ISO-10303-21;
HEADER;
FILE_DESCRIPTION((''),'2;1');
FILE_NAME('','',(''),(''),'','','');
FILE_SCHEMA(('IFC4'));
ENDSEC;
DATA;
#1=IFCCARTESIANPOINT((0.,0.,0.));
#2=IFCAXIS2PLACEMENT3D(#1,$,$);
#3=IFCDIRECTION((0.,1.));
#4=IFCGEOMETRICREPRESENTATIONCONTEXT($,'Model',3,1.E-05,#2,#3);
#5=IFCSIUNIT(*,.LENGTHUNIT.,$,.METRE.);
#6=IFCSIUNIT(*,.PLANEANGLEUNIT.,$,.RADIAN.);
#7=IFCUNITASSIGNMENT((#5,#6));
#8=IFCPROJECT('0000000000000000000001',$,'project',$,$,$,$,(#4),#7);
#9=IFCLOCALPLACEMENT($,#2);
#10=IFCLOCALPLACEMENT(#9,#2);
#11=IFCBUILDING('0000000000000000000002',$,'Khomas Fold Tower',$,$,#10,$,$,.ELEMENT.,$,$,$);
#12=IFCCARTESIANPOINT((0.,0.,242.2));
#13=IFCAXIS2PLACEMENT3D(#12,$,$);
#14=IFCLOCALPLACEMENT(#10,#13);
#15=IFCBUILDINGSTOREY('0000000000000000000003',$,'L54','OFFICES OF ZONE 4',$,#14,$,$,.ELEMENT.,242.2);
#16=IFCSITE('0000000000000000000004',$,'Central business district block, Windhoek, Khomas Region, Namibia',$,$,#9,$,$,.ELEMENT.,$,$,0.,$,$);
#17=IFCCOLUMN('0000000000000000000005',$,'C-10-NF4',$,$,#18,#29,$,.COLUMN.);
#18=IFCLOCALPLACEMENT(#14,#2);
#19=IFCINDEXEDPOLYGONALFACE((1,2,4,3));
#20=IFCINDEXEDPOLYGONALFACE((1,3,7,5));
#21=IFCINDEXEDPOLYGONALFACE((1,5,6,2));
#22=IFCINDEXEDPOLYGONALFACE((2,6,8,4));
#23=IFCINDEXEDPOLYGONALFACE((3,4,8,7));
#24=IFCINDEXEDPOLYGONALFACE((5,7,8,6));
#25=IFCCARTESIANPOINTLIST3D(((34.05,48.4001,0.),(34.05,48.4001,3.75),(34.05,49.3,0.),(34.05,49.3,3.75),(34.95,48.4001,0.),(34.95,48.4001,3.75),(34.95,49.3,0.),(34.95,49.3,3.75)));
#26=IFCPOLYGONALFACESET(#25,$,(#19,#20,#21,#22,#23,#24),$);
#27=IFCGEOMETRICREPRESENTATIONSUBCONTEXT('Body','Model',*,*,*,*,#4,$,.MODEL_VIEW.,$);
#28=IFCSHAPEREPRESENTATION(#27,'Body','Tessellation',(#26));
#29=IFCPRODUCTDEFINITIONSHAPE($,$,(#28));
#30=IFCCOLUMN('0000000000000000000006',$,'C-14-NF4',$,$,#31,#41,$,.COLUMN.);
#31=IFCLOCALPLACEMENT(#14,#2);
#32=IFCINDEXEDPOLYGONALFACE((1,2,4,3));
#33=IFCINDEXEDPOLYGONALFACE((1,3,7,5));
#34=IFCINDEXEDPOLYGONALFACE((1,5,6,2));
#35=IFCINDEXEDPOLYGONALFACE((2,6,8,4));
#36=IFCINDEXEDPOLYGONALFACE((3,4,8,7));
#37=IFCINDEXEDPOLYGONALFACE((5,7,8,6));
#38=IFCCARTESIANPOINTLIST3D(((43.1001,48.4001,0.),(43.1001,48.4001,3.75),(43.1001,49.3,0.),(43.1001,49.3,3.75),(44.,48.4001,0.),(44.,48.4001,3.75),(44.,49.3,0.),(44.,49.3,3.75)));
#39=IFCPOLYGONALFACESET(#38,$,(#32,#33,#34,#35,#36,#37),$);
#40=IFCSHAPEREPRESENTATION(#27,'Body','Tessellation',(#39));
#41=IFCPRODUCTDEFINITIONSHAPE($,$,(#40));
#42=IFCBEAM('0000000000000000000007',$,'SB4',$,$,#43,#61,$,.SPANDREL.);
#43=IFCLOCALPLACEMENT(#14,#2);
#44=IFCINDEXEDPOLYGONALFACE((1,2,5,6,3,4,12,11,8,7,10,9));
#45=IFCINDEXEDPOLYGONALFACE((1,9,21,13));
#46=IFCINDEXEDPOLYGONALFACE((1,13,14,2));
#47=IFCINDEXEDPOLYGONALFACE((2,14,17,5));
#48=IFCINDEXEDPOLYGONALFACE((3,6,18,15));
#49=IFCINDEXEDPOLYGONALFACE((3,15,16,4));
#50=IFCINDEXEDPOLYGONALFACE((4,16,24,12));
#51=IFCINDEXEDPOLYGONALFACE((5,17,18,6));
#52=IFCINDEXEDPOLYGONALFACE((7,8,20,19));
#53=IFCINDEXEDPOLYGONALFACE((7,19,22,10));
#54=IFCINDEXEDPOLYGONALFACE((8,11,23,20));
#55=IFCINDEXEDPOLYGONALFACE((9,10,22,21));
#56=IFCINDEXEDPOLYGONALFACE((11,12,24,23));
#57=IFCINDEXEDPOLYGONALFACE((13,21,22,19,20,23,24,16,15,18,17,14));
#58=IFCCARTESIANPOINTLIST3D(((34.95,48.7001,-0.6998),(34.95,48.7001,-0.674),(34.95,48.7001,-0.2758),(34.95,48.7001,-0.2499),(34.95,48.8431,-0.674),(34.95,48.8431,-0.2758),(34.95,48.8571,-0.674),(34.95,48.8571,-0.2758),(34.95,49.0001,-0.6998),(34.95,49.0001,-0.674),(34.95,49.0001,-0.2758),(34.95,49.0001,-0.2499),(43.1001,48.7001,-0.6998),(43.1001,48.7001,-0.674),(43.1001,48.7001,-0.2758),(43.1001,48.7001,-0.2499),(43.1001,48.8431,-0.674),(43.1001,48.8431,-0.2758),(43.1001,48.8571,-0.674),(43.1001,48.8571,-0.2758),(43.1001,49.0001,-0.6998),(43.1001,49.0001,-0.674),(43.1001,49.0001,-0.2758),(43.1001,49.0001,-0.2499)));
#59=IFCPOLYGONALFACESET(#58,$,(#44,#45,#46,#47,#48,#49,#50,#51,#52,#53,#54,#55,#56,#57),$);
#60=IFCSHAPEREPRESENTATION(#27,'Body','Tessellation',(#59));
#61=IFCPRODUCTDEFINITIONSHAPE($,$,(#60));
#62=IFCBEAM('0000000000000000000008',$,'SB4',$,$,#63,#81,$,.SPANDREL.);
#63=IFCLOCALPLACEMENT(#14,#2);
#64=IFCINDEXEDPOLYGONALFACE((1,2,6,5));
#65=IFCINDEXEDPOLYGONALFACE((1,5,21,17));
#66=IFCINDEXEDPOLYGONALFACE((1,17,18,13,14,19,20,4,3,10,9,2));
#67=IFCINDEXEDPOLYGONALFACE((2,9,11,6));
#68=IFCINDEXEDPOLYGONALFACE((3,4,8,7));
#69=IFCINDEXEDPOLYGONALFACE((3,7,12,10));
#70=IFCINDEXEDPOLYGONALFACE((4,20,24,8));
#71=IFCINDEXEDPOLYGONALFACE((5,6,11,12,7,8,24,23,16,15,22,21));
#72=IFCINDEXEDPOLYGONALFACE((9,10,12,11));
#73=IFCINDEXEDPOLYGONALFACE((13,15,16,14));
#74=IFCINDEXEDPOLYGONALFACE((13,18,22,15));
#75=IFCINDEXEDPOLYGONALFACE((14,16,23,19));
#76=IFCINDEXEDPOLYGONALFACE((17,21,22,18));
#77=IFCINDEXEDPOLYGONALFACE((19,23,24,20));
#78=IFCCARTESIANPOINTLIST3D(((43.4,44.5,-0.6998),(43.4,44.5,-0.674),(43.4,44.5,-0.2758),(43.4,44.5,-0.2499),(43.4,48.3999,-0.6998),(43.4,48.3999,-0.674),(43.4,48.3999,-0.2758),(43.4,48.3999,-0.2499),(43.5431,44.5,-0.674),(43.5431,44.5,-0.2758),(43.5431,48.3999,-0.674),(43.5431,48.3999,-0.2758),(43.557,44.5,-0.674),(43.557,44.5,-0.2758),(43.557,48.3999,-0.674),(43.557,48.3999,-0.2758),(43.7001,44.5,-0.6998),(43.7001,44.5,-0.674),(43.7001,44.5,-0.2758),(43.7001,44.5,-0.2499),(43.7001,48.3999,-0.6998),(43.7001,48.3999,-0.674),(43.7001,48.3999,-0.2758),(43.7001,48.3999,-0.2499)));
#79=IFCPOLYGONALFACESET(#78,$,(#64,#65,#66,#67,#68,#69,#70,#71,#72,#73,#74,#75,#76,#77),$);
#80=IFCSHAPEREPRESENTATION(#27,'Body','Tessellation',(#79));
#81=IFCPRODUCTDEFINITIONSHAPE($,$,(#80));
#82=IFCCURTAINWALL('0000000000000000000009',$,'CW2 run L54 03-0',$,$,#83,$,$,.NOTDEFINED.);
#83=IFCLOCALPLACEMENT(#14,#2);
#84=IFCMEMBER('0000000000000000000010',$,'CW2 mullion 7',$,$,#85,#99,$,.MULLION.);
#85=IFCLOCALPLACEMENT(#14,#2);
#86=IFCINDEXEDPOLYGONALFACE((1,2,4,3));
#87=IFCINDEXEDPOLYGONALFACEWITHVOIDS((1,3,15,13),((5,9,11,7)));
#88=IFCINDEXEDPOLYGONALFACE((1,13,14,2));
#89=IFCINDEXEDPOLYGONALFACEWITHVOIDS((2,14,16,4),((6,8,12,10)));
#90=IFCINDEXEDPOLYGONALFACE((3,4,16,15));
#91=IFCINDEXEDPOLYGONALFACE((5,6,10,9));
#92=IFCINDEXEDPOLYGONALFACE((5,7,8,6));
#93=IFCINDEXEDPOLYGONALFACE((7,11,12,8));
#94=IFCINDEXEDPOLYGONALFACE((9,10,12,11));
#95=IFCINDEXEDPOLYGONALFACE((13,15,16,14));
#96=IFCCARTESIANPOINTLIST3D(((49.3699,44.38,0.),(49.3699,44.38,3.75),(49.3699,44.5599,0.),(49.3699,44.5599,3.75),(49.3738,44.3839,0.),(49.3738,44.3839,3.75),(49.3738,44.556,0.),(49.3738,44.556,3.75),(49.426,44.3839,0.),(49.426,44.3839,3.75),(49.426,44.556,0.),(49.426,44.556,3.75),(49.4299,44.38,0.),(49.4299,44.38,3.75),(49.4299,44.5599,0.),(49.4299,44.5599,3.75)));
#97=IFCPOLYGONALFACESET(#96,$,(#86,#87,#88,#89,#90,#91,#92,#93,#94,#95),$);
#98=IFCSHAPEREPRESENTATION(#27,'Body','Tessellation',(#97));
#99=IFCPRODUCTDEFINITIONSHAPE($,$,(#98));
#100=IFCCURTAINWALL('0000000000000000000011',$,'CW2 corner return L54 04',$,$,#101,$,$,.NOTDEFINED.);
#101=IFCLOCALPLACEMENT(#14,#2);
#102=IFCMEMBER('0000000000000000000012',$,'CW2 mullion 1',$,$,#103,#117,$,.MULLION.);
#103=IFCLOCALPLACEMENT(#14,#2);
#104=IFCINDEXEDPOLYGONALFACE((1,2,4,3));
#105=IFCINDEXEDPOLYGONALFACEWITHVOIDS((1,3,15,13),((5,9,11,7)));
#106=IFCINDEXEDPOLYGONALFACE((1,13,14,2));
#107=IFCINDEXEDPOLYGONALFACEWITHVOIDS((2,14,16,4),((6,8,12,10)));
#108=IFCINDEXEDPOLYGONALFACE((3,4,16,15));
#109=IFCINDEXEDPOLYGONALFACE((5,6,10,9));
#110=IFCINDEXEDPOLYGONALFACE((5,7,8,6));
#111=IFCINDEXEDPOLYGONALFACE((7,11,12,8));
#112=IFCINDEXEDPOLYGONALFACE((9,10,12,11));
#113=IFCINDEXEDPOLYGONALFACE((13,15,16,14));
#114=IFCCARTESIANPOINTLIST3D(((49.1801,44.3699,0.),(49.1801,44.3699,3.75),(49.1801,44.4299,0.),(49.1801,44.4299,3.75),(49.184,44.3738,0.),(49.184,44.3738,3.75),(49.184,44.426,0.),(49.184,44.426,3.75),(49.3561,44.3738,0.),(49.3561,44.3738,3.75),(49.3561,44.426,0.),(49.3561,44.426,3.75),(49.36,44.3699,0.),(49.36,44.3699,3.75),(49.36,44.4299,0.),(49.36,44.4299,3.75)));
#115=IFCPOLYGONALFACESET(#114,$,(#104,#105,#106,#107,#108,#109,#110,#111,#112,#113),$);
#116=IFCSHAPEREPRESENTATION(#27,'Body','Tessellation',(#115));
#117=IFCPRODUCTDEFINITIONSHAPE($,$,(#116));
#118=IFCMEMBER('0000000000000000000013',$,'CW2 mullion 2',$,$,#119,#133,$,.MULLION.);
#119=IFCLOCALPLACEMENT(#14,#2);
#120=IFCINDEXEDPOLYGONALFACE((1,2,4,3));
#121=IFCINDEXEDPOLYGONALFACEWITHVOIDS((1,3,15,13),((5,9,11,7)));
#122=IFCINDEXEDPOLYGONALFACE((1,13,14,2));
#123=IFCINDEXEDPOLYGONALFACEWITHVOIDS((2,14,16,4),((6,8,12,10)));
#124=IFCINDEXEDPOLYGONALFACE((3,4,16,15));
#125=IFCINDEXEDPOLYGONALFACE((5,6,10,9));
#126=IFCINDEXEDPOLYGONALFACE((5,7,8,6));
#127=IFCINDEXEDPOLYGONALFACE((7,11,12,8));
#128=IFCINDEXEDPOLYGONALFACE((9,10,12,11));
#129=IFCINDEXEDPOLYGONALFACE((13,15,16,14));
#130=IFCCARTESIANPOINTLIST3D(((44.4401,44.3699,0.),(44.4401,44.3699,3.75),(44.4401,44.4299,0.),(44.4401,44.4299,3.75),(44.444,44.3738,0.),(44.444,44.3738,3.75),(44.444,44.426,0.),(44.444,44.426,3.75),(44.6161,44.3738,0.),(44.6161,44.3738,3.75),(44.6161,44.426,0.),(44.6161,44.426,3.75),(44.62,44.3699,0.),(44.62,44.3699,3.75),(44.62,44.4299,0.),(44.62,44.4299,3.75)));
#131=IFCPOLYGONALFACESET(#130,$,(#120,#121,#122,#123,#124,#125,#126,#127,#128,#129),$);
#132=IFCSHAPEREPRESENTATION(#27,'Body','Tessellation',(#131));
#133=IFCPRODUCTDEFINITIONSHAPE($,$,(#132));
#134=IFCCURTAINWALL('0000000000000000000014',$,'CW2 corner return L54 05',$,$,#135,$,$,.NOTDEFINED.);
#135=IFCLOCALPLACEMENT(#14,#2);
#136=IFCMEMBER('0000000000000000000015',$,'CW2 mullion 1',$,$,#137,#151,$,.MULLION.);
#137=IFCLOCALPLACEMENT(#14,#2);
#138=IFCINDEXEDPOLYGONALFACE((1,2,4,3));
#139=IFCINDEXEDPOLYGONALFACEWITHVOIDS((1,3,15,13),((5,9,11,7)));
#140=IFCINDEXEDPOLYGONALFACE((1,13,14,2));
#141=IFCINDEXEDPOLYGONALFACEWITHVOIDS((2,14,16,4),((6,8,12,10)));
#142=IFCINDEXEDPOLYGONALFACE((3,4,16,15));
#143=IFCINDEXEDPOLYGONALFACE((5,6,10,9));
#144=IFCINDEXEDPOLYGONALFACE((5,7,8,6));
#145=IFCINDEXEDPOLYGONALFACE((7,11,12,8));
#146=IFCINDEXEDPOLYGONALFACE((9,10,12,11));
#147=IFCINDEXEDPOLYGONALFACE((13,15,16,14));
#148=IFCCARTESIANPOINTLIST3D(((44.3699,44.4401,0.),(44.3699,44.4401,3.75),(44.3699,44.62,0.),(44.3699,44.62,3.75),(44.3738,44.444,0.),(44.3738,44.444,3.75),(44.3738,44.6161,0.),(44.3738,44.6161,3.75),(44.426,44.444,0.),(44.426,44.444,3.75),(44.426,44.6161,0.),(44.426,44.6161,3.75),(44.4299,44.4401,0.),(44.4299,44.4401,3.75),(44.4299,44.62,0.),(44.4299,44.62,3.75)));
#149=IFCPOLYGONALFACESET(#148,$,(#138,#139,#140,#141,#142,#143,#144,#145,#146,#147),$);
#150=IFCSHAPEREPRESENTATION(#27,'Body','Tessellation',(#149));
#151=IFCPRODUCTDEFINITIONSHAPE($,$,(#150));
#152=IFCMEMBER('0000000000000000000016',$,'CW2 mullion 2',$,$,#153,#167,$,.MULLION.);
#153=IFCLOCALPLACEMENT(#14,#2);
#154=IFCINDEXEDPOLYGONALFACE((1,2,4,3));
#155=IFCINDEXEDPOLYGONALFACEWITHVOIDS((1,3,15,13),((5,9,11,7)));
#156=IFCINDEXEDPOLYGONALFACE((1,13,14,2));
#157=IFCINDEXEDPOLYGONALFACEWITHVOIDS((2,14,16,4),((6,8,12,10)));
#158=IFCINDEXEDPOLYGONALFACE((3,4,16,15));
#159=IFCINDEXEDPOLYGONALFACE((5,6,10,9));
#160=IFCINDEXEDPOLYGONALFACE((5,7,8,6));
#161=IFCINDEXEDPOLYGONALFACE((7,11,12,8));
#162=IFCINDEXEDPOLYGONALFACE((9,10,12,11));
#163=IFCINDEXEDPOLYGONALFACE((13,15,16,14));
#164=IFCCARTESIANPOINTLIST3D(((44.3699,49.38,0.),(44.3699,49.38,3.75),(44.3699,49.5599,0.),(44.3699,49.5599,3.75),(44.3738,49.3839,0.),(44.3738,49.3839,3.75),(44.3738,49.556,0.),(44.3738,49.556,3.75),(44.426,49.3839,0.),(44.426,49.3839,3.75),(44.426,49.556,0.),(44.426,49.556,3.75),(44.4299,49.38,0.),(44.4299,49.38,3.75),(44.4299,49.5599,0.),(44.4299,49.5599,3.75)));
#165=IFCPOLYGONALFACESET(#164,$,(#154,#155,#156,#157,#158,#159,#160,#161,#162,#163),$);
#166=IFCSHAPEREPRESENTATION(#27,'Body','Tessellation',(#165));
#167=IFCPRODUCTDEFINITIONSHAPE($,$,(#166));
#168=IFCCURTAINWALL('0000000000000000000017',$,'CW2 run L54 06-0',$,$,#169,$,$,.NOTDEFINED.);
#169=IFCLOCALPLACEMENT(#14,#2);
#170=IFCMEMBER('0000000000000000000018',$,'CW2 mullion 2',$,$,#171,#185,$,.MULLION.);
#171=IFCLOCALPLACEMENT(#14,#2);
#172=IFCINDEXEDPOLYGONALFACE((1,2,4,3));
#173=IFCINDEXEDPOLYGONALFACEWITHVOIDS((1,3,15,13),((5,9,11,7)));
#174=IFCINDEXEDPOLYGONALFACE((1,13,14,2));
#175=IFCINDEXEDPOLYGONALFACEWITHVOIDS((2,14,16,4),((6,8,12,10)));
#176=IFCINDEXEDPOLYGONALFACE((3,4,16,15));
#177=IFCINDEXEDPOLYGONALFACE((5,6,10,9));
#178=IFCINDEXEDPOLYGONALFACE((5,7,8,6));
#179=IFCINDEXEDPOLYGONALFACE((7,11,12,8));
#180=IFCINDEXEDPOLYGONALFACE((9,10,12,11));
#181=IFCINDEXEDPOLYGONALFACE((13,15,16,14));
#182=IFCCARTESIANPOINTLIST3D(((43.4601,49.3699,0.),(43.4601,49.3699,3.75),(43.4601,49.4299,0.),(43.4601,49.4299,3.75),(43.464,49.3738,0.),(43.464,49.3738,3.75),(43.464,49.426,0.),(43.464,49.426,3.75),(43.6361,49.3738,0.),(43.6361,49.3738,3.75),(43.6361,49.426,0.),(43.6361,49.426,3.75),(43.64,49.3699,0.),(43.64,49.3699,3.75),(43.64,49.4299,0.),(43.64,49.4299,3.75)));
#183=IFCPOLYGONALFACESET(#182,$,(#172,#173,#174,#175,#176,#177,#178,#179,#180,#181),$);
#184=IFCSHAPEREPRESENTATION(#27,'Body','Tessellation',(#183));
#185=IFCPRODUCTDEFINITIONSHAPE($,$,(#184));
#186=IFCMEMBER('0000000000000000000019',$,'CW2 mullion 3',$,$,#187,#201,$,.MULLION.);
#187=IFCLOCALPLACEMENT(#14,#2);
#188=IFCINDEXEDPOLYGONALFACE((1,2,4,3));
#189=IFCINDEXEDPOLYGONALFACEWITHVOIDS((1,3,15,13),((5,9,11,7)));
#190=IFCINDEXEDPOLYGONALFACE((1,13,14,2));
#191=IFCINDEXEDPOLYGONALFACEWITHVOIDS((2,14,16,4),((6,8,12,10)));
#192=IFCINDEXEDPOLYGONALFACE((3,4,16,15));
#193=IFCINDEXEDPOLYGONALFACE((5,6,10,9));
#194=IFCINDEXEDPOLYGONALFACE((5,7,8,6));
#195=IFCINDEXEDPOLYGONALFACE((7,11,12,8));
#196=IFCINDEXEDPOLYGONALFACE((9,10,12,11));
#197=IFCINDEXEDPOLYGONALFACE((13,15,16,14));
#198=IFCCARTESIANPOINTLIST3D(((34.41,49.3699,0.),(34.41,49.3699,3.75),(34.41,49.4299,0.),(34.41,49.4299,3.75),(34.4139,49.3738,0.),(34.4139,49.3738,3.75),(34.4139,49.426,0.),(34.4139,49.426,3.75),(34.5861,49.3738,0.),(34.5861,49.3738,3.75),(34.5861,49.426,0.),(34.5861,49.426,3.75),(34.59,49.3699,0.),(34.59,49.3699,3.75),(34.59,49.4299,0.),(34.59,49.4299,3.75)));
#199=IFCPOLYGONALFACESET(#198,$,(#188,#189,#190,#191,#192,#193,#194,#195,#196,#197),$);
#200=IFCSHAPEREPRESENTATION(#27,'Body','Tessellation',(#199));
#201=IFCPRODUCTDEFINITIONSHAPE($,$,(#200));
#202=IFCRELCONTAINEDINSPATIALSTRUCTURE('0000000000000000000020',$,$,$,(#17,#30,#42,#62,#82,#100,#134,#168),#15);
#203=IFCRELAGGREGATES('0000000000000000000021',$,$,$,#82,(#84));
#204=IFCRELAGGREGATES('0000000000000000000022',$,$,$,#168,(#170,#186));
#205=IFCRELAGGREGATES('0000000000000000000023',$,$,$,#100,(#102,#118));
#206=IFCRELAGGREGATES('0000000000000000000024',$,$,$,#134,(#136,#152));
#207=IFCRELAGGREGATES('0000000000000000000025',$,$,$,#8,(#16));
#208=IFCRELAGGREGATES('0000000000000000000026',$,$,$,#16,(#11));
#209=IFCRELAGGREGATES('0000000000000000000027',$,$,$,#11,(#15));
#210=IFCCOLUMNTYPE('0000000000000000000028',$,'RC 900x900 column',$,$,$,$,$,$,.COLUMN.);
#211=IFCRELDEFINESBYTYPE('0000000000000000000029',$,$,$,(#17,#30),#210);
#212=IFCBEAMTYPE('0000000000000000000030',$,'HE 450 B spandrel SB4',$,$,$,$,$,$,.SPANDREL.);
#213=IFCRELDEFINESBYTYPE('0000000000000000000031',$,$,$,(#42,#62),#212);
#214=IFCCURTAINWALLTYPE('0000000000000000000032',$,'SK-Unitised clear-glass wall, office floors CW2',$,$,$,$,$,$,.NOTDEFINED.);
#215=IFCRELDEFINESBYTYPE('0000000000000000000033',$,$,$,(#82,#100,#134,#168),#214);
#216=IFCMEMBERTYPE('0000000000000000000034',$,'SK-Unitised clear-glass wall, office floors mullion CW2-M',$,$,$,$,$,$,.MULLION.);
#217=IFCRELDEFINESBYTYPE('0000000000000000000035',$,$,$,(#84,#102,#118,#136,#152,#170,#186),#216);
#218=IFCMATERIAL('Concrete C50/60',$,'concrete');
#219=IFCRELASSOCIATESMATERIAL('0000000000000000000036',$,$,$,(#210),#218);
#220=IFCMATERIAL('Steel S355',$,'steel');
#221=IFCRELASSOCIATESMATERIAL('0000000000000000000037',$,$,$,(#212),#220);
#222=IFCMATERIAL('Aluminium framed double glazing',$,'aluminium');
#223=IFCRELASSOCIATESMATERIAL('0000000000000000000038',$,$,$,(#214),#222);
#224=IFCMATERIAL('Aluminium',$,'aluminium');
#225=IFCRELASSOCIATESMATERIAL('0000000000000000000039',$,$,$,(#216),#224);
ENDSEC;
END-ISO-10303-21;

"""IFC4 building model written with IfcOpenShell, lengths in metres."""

from ifc_helpers import new_model, si_unit, direction, frame, origin, origin_2d, place, context, subcontext, project, spatial, rectangle, hollow_rectangle, i_section, extrude, source, transform, mapped, material, material_profile, profile_set, type_object, element, aggregate, save


model = new_model("IFC4")

# Units and contexts
model_context = context("Model", 3, precision=1e-05, world=origin(), true_north=direction((0.0, 1.0)))
body_context = subcontext(model_context, "Body", "Model", "MODEL_VIEW")
ifc_project = project(units=[si_unit("LENGTHUNIT", "METRE"), si_unit("PLANEANGLEUNIT", "RADIAN")], contexts=[model_context])

# Site, building, storey
site_placement = place(None, origin())
site = spatial("IfcSite", under=ifc_project, at=site_placement, Name="Central business district block, Windhoek, Khomas Region, Namibia", CompositionType="ELEMENT", RefElevation=0.0)
building_placement = place(site_placement, origin())
building = spatial("IfcBuilding", under=site, at=building_placement, Name="Khomas Fold Tower", CompositionType="ELEMENT")
storey_placement = place(building_placement, frame((0.0, 0.0, 242.2)))
storey = spatial("IfcBuildingStorey", under=building, at=storey_placement, Name="L54", Description="OFFICES OF ZONE 4", CompositionType="ELEMENT", Elevation=242.2)

# Columns
ifc_material_1 = material(Name="Concrete C50/60", Category="concrete")
ifc_material_profile_1 = material_profile(ifc_material_1, rectangle(XDim=0.8999, YDim=0.8999, at=origin_2d()), Name="RC 900x900")
ifc_profile_set_1 = profile_set([ifc_material_profile_1], Name="Concrete C50/60")
column_type = type_object("IfcColumnType", Name="RC 900x900 column", PredefinedType="COLUMN", material=ifc_profile_set_1)
shared_shape_1 = source(origin(), body_context, "Body", "SweptSolid", [
    extrude(rectangle(XDim=0.8999, YDim=0.8999, at=origin_2d()), origin(), (0.0, 0.0, 1.0), 3.75),
])
for number, where, z_axis, x_axis, name in (
    (1, (34.5, 48.8501, 0.0), (0.0, 0.0, 1.0), (1.0, 0.0, 0.0), "C-10-NF4"),
    (2, (43.55, 48.8501, 0.0), (0.0, 0.0, 1.0), (1.0, 0.0, 0.0), "C-14-NF4"),
):
    element("IfcColumn", number, at=place(storey_placement, frame(where, z_axis=z_axis, x_axis=x_axis)), inside=storey, type_object=column_type, Name=name, PredefinedType="COLUMN", context=body_context, shape_type="MappedRepresentation", body=[
        mapped(shared_shape_1, transform((0.0, 0.0, 0.0))),
    ])

# Beams
ifc_material_2 = material(Name="Steel S355", Category="steel")
ifc_material_profile_2 = material_profile(ifc_material_2, i_section(OverallWidth=0.3, OverallDepth=0.45, WebThickness=0.0139, FlangeThickness=0.0259, at=origin_2d()), Name="HE 450 B")
ifc_profile_set_2 = profile_set([ifc_material_profile_2], Name="Steel S355")
beam_type = type_object("IfcBeamType", Name="HE 450 B spandrel SB4", PredefinedType="SPANDREL", material=ifc_profile_set_2)
shared_shape_2 = source(origin(), body_context, "Body", "SweptSolid", [
    extrude(i_section(OverallWidth=0.3, OverallDepth=0.45, WebThickness=0.0139, FlangeThickness=0.0259, at=origin_2d()), origin(), (0.0, 0.0, 1.0), 8.1501),
])
beam_1_placement = place(storey_placement, frame((34.95, 48.8501, -0.4749), z_axis=(1.0, 0.0, 0.0), x_axis=(0.0, 1.0, 0.0)))
element("IfcBeam", 3, at=beam_1_placement, inside=storey, type_object=beam_type, Name="SB4", PredefinedType="SPANDREL", context=body_context, shape_type="MappedRepresentation", body=[
    mapped(shared_shape_2, transform((0.0, 0.0, 0.0))),
])
shared_shape_3 = source(origin(), body_context, "Body", "SweptSolid", [
    extrude(i_section(OverallWidth=0.3, OverallDepth=0.45, WebThickness=0.0139, FlangeThickness=0.0259, at=origin_2d()), origin(), (0.0, 0.0, 1.0), 3.8999),
])
beam_2_placement = place(storey_placement, frame((43.55, 44.5, -0.4749), z_axis=(0.0, 1.0, 0.0), x_axis=(-1.0, 0.0, 0.0)))
element("IfcBeam", 4, at=beam_2_placement, inside=storey, type_object=beam_type, Name="SB4", PredefinedType="SPANDREL", context=body_context, shape_type="MappedRepresentation", body=[
    mapped(shared_shape_3, transform((0.0, 0.0, 0.0))),
])

# Curtain wall, member
ifc_material_3 = material(Name="Aluminium framed double glazing", Category="aluminium")
curtain_wall_type = type_object("IfcCurtainWallType", Name="SK-Unitised clear-glass wall, office floors CW2", PredefinedType="NOTDEFINED", material=ifc_material_3)
curtain_wall_1_placement = place(storey_placement, origin())
curtain_wall_1 = element("IfcCurtainWall", 5, at=curtain_wall_1_placement, inside=storey, type_object=curtain_wall_type, Name="CW2 run L54 03-0", PredefinedType="NOTDEFINED")
ifc_material_4 = material(Name="Aluminium", Category="aluminium")
ifc_material_profile_3 = material_profile(ifc_material_4, hollow_rectangle(XDim=0.0601, YDim=0.1799, WallThickness=0.0039, at=origin_2d()), Name="SK-Unitised clear-glass wall, office floors mullion CW2-M")
ifc_profile_set_3 = profile_set([ifc_material_profile_3], Name="Aluminium")
member_type_1 = type_object("IfcMemberType", Name="SK-Unitised clear-glass wall, office floors mullion CW2-M", PredefinedType="MULLION", material=ifc_profile_set_3)
shared_shape_4 = source(origin(), body_context, "Body", "SweptSolid", [
    extrude(hollow_rectangle(XDim=0.0601, YDim=0.1799, WallThickness=0.0039, at=origin_2d()), origin(), (0.0, 0.0, 1.0), 3.75),
])
member_1_placement = place(storey_placement, frame((49.3999, 44.47, 0.0), z_axis=(0.0, 0.0, 1.0), x_axis=(-1.0, 0.0, 0.0)))
member_1 = element("IfcMember", 6, at=member_1_placement, type_object=member_type_1, Name="CW2 mullion 7", PredefinedType="MULLION", context=body_context, shape_type="MappedRepresentation", body=[
    mapped(shared_shape_4, transform((0.0, 0.0, 0.0))),
])

# Curtain walls, members
curtain_wall_2_placement = place(storey_placement, origin())
curtain_wall_2 = element("IfcCurtainWall", 7, at=curtain_wall_2_placement, inside=storey, type_object=curtain_wall_type, Name="CW2 corner return L54 04", PredefinedType="NOTDEFINED")
member_2_placement = place(storey_placement, frame((49.27, 44.3999, 0.0), z_axis=(0.0, 0.0, 1.0), x_axis=(0.0, -1.0, 0.0)))
member_2 = element("IfcMember", 8, at=member_2_placement, type_object=member_type_1, Name="CW2 mullion 1", PredefinedType="MULLION", context=body_context, shape_type="MappedRepresentation", body=[
    mapped(shared_shape_4, transform((0.0, 0.0, 0.0))),
])
member_3_placement = place(storey_placement, frame((44.53, 44.3999, 0.0), z_axis=(0.0, 0.0, 1.0), x_axis=(0.0, -1.0, 0.0)))
member_3 = element("IfcMember", 9, at=member_3_placement, type_object=member_type_1, Name="CW2 mullion 2", PredefinedType="MULLION", context=body_context, shape_type="MappedRepresentation", body=[
    mapped(shared_shape_4, transform((0.0, 0.0, 0.0))),
])
curtain_wall_3_placement = place(storey_placement, origin())
curtain_wall_3 = element("IfcCurtainWall", 10, at=curtain_wall_3_placement, inside=storey, type_object=curtain_wall_type, Name="CW2 corner return L54 05", PredefinedType="NOTDEFINED")
member_4_placement = place(storey_placement, frame((44.3999, 44.53, 0.0), z_axis=(0.0, 0.0, 1.0), x_axis=(-1.0, 0.0, 0.0)))
member_4 = element("IfcMember", 11, at=member_4_placement, type_object=member_type_1, Name="CW2 mullion 1", PredefinedType="MULLION", context=body_context, shape_type="MappedRepresentation", body=[
    mapped(shared_shape_4, transform((0.0, 0.0, 0.0))),
])
member_5_placement = place(storey_placement, frame((44.3999, 49.47, 0.0), z_axis=(0.0, 0.0, 1.0), x_axis=(-1.0, 0.0, 0.0)))
member_5 = element("IfcMember", 12, at=member_5_placement, type_object=member_type_1, Name="CW2 mullion 2", PredefinedType="MULLION", context=body_context, shape_type="MappedRepresentation", body=[
    mapped(shared_shape_4, transform((0.0, 0.0, 0.0))),
])
curtain_wall_4_placement = place(storey_placement, origin())
curtain_wall_4 = element("IfcCurtainWall", 13, at=curtain_wall_4_placement, inside=storey, type_object=curtain_wall_type, Name="CW2 run L54 06-0", PredefinedType="NOTDEFINED")
member_6_placement = place(storey_placement, frame((43.55, 49.3999, 0.0), z_axis=(0.0, 0.0, 1.0), x_axis=(0.0, -1.0, 0.0)))
member_6 = element("IfcMember", 14, at=member_6_placement, type_object=member_type_1, Name="CW2 mullion 2", PredefinedType="MULLION", context=body_context, shape_type="MappedRepresentation", body=[
    mapped(shared_shape_4, transform((0.0, 0.0, 0.0))),
])
member_7_placement = place(storey_placement, frame((34.5, 49.3999, 0.0), z_axis=(0.0, 0.0, 1.0), x_axis=(0.0, -1.0, 0.0)))
member_7 = element("IfcMember", 15, at=member_7_placement, type_object=member_type_1, Name="CW2 mullion 3", PredefinedType="MULLION", context=body_context, shape_type="MappedRepresentation", body=[
    mapped(shared_shape_4, transform((0.0, 0.0, 0.0))),
])

aggregate(curtain_wall_1, [member_1])
aggregate(curtain_wall_4, [member_6, member_7])
aggregate(curtain_wall_2, [member_2, member_3])
aggregate(curtain_wall_3, [member_4, member_5])

save(model, "model.ifc")
